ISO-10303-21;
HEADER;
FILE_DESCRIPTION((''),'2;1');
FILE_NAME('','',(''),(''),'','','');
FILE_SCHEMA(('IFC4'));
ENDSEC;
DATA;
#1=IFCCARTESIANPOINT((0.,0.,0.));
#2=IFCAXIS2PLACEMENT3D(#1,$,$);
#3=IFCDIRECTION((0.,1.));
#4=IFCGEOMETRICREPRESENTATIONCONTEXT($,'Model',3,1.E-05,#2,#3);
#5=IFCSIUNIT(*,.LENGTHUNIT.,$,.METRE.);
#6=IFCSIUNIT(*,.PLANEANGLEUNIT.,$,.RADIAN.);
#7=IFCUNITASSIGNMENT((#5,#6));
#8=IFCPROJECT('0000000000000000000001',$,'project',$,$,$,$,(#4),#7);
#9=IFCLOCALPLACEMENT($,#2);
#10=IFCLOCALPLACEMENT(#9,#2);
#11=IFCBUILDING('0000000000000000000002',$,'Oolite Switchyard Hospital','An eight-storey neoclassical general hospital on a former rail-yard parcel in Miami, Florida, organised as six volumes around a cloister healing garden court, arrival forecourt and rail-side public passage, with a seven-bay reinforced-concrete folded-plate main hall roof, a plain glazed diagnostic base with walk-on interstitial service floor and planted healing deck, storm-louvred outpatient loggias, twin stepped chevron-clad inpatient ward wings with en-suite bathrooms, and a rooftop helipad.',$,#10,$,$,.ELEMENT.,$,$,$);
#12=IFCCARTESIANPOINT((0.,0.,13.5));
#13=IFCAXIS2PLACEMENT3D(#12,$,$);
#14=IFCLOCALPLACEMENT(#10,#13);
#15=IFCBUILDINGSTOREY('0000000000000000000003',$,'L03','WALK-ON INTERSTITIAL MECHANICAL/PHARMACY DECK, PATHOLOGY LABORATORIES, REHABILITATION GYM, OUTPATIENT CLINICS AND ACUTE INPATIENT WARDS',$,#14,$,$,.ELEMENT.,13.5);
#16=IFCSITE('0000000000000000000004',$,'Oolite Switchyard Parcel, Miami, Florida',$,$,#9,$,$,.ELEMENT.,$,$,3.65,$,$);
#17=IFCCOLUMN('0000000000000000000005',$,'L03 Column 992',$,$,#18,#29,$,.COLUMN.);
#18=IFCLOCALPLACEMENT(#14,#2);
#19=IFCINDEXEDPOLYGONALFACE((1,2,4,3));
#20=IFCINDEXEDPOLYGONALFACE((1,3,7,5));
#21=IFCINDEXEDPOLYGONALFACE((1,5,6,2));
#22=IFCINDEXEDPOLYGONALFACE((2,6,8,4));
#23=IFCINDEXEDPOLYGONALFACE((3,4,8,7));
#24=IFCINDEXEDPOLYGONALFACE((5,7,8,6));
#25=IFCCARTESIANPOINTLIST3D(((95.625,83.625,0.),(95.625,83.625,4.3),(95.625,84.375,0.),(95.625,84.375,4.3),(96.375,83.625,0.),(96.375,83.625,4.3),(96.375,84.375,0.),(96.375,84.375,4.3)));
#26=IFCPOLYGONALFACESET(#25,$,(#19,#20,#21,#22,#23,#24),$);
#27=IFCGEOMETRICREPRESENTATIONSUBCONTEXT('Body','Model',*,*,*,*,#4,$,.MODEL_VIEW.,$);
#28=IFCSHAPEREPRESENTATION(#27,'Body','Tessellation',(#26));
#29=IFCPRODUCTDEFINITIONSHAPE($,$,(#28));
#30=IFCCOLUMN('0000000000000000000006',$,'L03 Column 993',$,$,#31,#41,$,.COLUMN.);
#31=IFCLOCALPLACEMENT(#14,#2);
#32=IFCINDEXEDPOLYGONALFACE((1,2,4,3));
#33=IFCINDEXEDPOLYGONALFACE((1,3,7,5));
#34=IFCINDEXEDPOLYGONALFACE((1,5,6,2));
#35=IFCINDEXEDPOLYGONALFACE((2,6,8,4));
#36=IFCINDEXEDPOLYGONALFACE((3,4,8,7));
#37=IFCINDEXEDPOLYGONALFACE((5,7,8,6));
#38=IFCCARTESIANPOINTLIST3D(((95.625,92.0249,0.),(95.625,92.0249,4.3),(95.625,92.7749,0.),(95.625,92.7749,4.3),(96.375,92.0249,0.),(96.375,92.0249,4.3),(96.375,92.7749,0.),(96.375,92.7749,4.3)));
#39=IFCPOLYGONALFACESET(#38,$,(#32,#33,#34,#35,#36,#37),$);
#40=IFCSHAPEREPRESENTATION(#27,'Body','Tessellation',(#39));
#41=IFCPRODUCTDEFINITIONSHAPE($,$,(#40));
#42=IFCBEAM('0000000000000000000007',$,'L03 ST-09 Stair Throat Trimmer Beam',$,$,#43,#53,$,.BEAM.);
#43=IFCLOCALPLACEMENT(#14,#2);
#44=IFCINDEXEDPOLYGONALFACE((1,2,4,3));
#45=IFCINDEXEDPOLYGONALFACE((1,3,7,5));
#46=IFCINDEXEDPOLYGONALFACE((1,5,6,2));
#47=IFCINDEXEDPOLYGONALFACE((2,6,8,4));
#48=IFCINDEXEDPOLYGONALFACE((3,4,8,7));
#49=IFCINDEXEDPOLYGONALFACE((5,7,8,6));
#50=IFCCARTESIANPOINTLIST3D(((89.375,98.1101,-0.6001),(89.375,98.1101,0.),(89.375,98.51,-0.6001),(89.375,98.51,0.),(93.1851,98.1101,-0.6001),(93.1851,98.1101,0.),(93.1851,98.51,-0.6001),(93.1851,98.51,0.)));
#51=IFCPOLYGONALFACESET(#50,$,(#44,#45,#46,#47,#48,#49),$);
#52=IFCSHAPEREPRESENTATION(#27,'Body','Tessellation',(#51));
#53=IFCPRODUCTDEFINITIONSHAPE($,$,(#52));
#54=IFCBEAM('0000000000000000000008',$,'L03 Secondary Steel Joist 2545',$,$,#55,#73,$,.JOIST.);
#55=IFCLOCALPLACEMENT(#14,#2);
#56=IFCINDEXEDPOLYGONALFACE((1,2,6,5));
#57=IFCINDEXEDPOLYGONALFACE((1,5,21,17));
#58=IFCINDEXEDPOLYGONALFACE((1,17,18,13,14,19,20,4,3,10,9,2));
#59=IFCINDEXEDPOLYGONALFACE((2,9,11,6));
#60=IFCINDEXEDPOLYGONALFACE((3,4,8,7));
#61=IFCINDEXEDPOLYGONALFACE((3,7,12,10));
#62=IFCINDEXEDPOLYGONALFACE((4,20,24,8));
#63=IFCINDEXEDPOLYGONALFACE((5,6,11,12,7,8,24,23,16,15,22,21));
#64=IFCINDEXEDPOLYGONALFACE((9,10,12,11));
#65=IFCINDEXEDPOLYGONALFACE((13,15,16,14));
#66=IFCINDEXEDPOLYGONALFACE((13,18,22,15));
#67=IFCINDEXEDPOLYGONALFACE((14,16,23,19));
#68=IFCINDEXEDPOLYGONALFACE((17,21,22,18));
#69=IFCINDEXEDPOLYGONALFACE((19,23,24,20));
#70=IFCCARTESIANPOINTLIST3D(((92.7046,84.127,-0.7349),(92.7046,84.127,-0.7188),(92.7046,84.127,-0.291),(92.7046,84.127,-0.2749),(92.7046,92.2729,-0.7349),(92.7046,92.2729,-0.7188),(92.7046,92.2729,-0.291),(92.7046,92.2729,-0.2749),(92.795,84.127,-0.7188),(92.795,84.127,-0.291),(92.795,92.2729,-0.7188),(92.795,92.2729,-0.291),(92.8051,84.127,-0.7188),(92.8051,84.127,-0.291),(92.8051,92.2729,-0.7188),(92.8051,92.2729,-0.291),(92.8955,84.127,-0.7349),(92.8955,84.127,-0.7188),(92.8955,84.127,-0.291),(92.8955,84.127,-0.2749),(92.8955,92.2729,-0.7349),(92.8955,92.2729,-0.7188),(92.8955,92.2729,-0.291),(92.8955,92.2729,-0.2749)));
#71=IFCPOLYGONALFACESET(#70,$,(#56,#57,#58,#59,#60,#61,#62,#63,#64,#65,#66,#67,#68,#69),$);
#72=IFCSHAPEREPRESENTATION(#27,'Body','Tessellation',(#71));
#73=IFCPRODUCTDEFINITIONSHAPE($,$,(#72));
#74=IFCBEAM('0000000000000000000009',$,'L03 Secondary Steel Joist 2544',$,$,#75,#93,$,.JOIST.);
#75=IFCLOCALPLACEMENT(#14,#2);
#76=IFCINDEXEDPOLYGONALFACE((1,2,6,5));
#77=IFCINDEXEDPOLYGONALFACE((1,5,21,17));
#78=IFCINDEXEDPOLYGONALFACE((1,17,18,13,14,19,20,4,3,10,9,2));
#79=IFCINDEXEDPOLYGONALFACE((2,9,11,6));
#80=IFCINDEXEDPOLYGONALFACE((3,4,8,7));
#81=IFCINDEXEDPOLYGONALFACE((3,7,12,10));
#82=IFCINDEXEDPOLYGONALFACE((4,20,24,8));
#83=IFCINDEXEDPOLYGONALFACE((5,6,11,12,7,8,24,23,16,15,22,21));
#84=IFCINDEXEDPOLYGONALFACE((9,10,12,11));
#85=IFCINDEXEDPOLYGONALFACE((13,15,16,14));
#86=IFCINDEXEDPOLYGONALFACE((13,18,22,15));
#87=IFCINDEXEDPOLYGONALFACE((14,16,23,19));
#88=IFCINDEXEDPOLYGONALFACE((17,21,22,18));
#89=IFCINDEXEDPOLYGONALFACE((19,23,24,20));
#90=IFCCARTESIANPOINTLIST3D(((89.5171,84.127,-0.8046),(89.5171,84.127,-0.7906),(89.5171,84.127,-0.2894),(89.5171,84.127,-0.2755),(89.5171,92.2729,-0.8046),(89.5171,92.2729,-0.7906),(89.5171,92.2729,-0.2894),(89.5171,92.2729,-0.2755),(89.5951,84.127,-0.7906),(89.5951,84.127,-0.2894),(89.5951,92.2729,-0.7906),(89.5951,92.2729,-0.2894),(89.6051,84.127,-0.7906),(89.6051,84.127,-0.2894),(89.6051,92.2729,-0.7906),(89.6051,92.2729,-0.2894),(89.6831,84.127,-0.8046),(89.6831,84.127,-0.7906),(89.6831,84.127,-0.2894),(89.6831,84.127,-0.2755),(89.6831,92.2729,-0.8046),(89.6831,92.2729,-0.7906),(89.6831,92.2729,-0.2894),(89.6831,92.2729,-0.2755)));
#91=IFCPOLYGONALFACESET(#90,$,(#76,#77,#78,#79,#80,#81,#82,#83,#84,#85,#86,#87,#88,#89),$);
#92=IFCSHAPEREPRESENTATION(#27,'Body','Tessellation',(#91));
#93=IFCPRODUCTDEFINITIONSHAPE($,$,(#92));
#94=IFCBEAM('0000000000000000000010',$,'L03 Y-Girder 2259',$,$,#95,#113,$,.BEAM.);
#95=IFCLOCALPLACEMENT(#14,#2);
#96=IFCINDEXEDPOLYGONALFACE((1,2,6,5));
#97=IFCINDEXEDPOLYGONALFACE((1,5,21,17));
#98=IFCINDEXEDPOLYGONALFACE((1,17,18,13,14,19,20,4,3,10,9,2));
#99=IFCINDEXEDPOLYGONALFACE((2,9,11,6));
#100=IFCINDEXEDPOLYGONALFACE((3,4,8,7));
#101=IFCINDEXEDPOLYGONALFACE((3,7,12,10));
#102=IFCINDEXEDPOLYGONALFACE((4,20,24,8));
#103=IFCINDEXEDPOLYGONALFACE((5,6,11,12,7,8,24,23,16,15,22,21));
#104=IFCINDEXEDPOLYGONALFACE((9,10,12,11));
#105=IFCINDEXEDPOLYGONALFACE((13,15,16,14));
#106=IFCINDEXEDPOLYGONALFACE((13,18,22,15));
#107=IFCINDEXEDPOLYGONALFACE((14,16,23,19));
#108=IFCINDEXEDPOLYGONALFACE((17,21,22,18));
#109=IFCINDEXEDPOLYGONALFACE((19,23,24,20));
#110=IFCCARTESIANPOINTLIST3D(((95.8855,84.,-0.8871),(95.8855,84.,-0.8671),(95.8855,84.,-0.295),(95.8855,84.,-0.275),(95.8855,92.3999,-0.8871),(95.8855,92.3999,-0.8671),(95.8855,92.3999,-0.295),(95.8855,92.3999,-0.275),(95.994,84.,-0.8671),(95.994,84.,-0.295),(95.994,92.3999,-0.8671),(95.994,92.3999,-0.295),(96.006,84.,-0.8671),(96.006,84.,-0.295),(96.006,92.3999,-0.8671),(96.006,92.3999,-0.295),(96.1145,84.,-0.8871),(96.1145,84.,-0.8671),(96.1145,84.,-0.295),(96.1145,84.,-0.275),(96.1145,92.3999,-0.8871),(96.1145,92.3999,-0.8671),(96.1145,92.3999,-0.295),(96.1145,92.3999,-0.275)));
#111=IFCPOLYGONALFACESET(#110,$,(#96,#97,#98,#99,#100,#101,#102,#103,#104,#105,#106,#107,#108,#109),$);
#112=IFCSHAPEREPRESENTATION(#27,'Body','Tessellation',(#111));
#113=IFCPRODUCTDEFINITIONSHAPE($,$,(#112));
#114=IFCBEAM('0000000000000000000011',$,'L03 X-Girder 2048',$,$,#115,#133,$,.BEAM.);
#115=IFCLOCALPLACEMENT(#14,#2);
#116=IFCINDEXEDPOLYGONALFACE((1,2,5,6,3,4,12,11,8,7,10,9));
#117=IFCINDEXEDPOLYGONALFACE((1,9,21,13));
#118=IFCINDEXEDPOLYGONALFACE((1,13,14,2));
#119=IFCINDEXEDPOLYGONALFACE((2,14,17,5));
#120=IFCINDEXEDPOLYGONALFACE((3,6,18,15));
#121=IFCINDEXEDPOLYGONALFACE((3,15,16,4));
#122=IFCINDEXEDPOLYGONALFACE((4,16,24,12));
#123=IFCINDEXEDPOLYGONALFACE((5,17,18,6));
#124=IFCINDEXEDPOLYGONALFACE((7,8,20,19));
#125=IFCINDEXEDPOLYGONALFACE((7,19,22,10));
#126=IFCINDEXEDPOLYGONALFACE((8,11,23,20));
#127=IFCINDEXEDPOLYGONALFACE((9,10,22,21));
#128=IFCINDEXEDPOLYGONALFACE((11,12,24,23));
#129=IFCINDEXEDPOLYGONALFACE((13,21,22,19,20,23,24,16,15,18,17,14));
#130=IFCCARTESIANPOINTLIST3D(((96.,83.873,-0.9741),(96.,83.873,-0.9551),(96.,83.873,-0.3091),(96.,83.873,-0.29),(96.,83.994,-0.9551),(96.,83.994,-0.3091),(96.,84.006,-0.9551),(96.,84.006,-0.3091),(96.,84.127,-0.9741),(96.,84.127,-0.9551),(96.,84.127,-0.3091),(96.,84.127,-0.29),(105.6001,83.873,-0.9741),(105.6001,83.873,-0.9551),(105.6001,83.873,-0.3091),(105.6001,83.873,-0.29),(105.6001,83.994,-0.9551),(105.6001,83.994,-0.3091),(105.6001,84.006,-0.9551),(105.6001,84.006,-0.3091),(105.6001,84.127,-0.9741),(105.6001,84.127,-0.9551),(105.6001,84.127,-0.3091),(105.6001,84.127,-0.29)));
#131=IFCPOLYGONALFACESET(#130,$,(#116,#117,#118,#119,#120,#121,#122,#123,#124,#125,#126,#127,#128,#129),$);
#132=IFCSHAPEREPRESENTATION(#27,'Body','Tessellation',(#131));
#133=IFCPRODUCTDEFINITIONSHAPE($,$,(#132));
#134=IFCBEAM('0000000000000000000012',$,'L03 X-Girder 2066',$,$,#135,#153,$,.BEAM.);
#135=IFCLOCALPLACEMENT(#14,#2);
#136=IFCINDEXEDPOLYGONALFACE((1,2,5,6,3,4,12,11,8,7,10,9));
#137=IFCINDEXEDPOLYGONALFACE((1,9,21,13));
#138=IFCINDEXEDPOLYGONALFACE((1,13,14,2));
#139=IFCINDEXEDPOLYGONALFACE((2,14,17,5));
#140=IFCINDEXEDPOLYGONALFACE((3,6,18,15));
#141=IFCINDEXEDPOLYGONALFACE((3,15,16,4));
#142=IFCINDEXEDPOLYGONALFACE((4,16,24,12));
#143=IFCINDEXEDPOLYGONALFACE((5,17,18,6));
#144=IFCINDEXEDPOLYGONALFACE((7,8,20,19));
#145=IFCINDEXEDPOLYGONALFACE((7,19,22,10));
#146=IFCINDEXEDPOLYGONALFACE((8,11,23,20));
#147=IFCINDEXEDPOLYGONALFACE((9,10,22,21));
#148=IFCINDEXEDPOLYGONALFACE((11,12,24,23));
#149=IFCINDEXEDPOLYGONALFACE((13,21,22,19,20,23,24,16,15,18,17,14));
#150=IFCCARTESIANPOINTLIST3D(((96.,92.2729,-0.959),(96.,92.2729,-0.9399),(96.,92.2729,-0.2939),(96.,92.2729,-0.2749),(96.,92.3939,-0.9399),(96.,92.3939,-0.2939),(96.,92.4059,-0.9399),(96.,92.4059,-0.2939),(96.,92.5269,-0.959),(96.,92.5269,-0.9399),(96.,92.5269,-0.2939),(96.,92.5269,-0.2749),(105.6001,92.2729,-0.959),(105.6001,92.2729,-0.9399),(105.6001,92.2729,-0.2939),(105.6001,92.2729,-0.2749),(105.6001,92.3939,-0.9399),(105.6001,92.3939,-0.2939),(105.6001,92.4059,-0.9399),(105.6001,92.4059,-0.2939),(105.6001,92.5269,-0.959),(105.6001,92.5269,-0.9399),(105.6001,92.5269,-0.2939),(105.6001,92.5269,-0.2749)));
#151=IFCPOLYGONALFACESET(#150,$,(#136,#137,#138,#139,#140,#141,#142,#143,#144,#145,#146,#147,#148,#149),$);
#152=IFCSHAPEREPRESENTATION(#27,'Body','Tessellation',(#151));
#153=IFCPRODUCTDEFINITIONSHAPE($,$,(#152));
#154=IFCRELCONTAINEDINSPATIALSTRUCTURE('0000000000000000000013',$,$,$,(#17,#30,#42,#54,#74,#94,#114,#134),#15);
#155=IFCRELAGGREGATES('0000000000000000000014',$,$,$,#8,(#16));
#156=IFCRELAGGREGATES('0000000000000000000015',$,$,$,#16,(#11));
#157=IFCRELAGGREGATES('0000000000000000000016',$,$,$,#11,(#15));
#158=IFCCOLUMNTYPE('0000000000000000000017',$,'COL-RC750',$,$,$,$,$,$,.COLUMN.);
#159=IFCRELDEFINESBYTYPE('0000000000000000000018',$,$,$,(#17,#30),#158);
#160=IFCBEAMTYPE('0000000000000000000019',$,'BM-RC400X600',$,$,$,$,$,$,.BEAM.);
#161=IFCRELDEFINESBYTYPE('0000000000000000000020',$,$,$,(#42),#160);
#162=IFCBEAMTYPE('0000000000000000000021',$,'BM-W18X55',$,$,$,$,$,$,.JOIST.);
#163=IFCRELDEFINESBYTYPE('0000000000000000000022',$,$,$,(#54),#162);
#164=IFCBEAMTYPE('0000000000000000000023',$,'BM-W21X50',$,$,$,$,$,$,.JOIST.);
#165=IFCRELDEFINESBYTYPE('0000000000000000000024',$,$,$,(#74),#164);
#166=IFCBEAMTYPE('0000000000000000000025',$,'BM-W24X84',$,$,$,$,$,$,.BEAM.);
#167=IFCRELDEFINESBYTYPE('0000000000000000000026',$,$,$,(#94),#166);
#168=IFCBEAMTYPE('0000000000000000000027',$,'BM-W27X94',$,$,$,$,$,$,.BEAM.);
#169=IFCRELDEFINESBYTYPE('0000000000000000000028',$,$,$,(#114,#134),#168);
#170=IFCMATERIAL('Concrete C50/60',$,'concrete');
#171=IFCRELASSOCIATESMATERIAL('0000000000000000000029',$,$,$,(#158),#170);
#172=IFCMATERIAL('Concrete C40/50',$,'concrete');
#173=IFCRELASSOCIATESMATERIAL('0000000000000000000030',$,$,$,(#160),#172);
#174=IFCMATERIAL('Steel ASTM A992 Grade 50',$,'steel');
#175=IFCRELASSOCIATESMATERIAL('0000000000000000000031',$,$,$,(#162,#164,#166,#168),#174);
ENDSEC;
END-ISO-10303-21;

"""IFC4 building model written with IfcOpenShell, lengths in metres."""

from ifc_helpers import new_model, si_unit, direction, frame, origin, origin_2d, place, context, subcontext, project, spatial, rectangle, i_section, extrude, material, material_profile, profile_set, type_object, element, save


model = new_model("IFC4")

# Units and contexts
model_context = context("Model", 3, precision=1e-05, world=origin(), true_north=direction((0.0, 1.0)))
body_context = subcontext(model_context, "Body", "Model", "MODEL_VIEW")
ifc_project = project(units=[si_unit("LENGTHUNIT", "METRE"), si_unit("PLANEANGLEUNIT", "RADIAN")], contexts=[model_context])

# Site, building, storey
site_placement = place(None, origin())
site = spatial("IfcSite", under=ifc_project, at=site_placement, Name="Oolite Switchyard Parcel, Miami, Florida", CompositionType="ELEMENT", RefElevation=3.65)
building_placement = place(site_placement, origin())
building = spatial("IfcBuilding", under=site, at=building_placement, Name="Oolite Switchyard Hospital", Description="An eight-storey neoclassical general hospital on a former rail-yard parcel in Miami, Florida, organised as six volumes around a cloister healing garden court, arrival forecourt and rail-side public passage, with a seven-bay reinforced-concrete folded-plate main hall roof, a plain glazed diagnostic base with walk-on interstitial service floor and planted healing deck, storm-louvred outpatient loggias, twin stepped chevron-clad inpatient ward wings with en-suite bathrooms, and a rooftop helipad.", CompositionType="ELEMENT")
storey_placement = place(building_placement, frame((0.0, 0.0, 13.5)))
storey = spatial("IfcBuildingStorey", under=building, at=storey_placement, Name="L03", Description="WALK-ON INTERSTITIAL MECHANICAL/PHARMACY DECK, PATHOLOGY LABORATORIES, REHABILITATION GYM, OUTPATIENT CLINICS AND ACUTE INPATIENT WARDS", CompositionType="ELEMENT", Elevation=13.5)

# Columns
ifc_material_1 = material(Name="Concrete C50/60", Category="concrete")
ifc_material_profile_1 = material_profile(ifc_material_1, rectangle(XDim=0.75, YDim=0.75, at=origin_2d()), Name="RC750X750")
ifc_profile_set_1 = profile_set([ifc_material_profile_1], Name="Concrete C50/60")
column_type = type_object("IfcColumnType", Name="COL-RC750", PredefinedType="COLUMN", material=ifc_profile_set_1)
for number, where, z_axis, x_axis, name in (
    (1, (96.0, 84.0, 0.0), (0.0, 0.0, 1.0), (1.0, 0.0, 0.0), "L03 Column 992"),
    (2, (96.0, 92.3999, 0.0), (0.0, 0.0, 1.0), (1.0, 0.0, 0.0), "L03 Column 993"),
):
    element("IfcColumn", number, at=place(storey_placement, frame(where, z_axis=z_axis, x_axis=x_axis)), inside=storey, type_object=column_type, Name=name, PredefinedType="COLUMN", context=body_context, shape_type="SweptSolid", body=[
        extrude(rectangle(XDim=0.75, YDim=0.75, at=origin_2d()), origin(), (0.0, 0.0, 1.0), 4.3),
    ])

# Beams
ifc_material_2 = material(Name="Concrete C40/50", Category="concrete")
ifc_material_profile_2 = material_profile(ifc_material_2, rectangle(XDim=0.3999, YDim=0.6001, at=origin_2d()), Name="RCB400X600")
ifc_profile_set_2 = profile_set([ifc_material_profile_2], Name="Concrete C40/50")
beam_type_1 = type_object("IfcBeamType", Name="BM-RC400X600", PredefinedType="BEAM", material=ifc_profile_set_2)
beam_1_placement = place(storey_placement, frame((89.375, 98.3101, -0.3), z_axis=(1.0, 0.0, 0.0), x_axis=(0.0, 1.0, 0.0)))
element("IfcBeam", 3, at=beam_1_placement, inside=storey, type_object=beam_type_1, Name="L03 ST-09 Stair Throat Trimmer Beam", PredefinedType="BEAM", context=body_context, shape_type="SweptSolid", body=[
    extrude(rectangle(XDim=0.3999, YDim=0.6001, at=origin_2d()), origin(), (0.0, 0.0, 1.0), 3.8101),
])
ifc_material_3 = material(Name="Steel ASTM A992 Grade 50", Category="steel")
ifc_material_profile_3 = material_profile(ifc_material_3, i_section(OverallWidth=0.1909, OverallDepth=0.46, WebThickness=0.01, FlangeThickness=0.0161, at=origin_2d()), Name="W18X55")
ifc_profile_set_3 = profile_set([ifc_material_profile_3], Name="Steel ASTM A992 Grade 50")
beam_type_2 = type_object("IfcBeamType", Name="BM-W18X55", PredefinedType="JOIST", material=ifc_profile_set_3)
beam_2_placement = place(storey_placement, frame((92.8, 84.127, -0.5049), z_axis=(0.0, 1.0, 0.0), x_axis=(-1.0, 0.0, 0.0)))
element("IfcBeam", 4, at=beam_2_placement, inside=storey, type_object=beam_type_2, Name="L03 Secondary Steel Joist 2545", PredefinedType="JOIST", context=body_context, shape_type="SweptSolid", body=[
    extrude(i_section(OverallWidth=0.1909, OverallDepth=0.46, WebThickness=0.01, FlangeThickness=0.0161, at=origin_2d()), origin(), (0.0, 0.0, 1.0), 8.146),
])
ifc_material_profile_4 = material_profile(ifc_material_3, i_section(OverallWidth=0.166, OverallDepth=0.5291, WebThickness=0.01, FlangeThickness=0.0139, at=origin_2d()), Name="W21X50")
ifc_profile_set_4 = profile_set([ifc_material_profile_4], Name="Steel ASTM A992 Grade 50")
beam_type_3 = type_object("IfcBeamType", Name="BM-W21X50", PredefinedType="JOIST", material=ifc_profile_set_4)
beam_3_placement = place(storey_placement, frame((89.6001, 84.127, -0.54), z_axis=(0.0, 1.0, 0.0), x_axis=(-1.0, 0.0, 0.0)))
element("IfcBeam", 5, at=beam_3_placement, inside=storey, type_object=beam_type_3, Name="L03 Secondary Steel Joist 2544", PredefinedType="JOIST", context=body_context, shape_type="SweptSolid", body=[
    extrude(i_section(OverallWidth=0.166, OverallDepth=0.5291, WebThickness=0.01, FlangeThickness=0.0139, at=origin_2d()), origin(), (0.0, 0.0, 1.0), 8.146),
])
ifc_material_profile_5 = material_profile(ifc_material_3, i_section(OverallWidth=0.229, OverallDepth=0.6121, WebThickness=0.012, FlangeThickness=0.02, at=origin_2d()), Name="W24X84")
ifc_profile_set_5 = profile_set([ifc_material_profile_5], Name="Steel ASTM A992 Grade 50")
beam_type_4 = type_object("IfcBeamType", Name="BM-W24X84", PredefinedType="BEAM", material=ifc_profile_set_5)
beam_4_placement = place(storey_placement, frame((96.0, 84.0, -0.5811), z_axis=(0.0, 1.0, 0.0), x_axis=(-1.0, 0.0, 0.0)))
element("IfcBeam", 6, at=beam_4_placement, inside=storey, type_object=beam_type_4, Name="L03 Y-Girder 2259", PredefinedType="BEAM", context=body_context, shape_type="SweptSolid", body=[
    extrude(i_section(OverallWidth=0.229, OverallDepth=0.6121, WebThickness=0.012, FlangeThickness=0.02, at=origin_2d()), origin(), (0.0, 0.0, 1.0), 8.3999),
])
ifc_material_profile_6 = material_profile(ifc_material_3, i_section(OverallWidth=0.2539, OverallDepth=0.6841, WebThickness=0.012, FlangeThickness=0.019, at=origin_2d()), Name="W27X94")
ifc_profile_set_6 = profile_set([ifc_material_profile_6], Name="Steel ASTM A992 Grade 50")
beam_type_5 = type_object("IfcBeamType", Name="BM-W27X94", PredefinedType="BEAM", material=ifc_profile_set_6)
for number, where, z_axis, x_axis, name in (
    (7, (96.0, 84.0, -0.6321), (1.0, 0.0, 0.0), (0.0, 1.0, 0.0), "L03 X-Girder 2048"),
    (8, (96.0, 92.3999, -0.6169), (1.0, 0.0, 0.0), (0.0, 1.0, 0.0), "L03 X-Girder 2066"),
):
    element("IfcBeam", number, at=place(storey_placement, frame(where, z_axis=z_axis, x_axis=x_axis)), inside=storey, type_object=beam_type_5, Name=name, PredefinedType="BEAM", context=body_context, shape_type="SweptSolid", body=[
        extrude(i_section(OverallWidth=0.2539, OverallDepth=0.6841, WebThickness=0.012, FlangeThickness=0.019, at=origin_2d()), origin(), (0.0, 0.0, 1.0), 9.6001),
    ])

save(model, "model.ifc")
